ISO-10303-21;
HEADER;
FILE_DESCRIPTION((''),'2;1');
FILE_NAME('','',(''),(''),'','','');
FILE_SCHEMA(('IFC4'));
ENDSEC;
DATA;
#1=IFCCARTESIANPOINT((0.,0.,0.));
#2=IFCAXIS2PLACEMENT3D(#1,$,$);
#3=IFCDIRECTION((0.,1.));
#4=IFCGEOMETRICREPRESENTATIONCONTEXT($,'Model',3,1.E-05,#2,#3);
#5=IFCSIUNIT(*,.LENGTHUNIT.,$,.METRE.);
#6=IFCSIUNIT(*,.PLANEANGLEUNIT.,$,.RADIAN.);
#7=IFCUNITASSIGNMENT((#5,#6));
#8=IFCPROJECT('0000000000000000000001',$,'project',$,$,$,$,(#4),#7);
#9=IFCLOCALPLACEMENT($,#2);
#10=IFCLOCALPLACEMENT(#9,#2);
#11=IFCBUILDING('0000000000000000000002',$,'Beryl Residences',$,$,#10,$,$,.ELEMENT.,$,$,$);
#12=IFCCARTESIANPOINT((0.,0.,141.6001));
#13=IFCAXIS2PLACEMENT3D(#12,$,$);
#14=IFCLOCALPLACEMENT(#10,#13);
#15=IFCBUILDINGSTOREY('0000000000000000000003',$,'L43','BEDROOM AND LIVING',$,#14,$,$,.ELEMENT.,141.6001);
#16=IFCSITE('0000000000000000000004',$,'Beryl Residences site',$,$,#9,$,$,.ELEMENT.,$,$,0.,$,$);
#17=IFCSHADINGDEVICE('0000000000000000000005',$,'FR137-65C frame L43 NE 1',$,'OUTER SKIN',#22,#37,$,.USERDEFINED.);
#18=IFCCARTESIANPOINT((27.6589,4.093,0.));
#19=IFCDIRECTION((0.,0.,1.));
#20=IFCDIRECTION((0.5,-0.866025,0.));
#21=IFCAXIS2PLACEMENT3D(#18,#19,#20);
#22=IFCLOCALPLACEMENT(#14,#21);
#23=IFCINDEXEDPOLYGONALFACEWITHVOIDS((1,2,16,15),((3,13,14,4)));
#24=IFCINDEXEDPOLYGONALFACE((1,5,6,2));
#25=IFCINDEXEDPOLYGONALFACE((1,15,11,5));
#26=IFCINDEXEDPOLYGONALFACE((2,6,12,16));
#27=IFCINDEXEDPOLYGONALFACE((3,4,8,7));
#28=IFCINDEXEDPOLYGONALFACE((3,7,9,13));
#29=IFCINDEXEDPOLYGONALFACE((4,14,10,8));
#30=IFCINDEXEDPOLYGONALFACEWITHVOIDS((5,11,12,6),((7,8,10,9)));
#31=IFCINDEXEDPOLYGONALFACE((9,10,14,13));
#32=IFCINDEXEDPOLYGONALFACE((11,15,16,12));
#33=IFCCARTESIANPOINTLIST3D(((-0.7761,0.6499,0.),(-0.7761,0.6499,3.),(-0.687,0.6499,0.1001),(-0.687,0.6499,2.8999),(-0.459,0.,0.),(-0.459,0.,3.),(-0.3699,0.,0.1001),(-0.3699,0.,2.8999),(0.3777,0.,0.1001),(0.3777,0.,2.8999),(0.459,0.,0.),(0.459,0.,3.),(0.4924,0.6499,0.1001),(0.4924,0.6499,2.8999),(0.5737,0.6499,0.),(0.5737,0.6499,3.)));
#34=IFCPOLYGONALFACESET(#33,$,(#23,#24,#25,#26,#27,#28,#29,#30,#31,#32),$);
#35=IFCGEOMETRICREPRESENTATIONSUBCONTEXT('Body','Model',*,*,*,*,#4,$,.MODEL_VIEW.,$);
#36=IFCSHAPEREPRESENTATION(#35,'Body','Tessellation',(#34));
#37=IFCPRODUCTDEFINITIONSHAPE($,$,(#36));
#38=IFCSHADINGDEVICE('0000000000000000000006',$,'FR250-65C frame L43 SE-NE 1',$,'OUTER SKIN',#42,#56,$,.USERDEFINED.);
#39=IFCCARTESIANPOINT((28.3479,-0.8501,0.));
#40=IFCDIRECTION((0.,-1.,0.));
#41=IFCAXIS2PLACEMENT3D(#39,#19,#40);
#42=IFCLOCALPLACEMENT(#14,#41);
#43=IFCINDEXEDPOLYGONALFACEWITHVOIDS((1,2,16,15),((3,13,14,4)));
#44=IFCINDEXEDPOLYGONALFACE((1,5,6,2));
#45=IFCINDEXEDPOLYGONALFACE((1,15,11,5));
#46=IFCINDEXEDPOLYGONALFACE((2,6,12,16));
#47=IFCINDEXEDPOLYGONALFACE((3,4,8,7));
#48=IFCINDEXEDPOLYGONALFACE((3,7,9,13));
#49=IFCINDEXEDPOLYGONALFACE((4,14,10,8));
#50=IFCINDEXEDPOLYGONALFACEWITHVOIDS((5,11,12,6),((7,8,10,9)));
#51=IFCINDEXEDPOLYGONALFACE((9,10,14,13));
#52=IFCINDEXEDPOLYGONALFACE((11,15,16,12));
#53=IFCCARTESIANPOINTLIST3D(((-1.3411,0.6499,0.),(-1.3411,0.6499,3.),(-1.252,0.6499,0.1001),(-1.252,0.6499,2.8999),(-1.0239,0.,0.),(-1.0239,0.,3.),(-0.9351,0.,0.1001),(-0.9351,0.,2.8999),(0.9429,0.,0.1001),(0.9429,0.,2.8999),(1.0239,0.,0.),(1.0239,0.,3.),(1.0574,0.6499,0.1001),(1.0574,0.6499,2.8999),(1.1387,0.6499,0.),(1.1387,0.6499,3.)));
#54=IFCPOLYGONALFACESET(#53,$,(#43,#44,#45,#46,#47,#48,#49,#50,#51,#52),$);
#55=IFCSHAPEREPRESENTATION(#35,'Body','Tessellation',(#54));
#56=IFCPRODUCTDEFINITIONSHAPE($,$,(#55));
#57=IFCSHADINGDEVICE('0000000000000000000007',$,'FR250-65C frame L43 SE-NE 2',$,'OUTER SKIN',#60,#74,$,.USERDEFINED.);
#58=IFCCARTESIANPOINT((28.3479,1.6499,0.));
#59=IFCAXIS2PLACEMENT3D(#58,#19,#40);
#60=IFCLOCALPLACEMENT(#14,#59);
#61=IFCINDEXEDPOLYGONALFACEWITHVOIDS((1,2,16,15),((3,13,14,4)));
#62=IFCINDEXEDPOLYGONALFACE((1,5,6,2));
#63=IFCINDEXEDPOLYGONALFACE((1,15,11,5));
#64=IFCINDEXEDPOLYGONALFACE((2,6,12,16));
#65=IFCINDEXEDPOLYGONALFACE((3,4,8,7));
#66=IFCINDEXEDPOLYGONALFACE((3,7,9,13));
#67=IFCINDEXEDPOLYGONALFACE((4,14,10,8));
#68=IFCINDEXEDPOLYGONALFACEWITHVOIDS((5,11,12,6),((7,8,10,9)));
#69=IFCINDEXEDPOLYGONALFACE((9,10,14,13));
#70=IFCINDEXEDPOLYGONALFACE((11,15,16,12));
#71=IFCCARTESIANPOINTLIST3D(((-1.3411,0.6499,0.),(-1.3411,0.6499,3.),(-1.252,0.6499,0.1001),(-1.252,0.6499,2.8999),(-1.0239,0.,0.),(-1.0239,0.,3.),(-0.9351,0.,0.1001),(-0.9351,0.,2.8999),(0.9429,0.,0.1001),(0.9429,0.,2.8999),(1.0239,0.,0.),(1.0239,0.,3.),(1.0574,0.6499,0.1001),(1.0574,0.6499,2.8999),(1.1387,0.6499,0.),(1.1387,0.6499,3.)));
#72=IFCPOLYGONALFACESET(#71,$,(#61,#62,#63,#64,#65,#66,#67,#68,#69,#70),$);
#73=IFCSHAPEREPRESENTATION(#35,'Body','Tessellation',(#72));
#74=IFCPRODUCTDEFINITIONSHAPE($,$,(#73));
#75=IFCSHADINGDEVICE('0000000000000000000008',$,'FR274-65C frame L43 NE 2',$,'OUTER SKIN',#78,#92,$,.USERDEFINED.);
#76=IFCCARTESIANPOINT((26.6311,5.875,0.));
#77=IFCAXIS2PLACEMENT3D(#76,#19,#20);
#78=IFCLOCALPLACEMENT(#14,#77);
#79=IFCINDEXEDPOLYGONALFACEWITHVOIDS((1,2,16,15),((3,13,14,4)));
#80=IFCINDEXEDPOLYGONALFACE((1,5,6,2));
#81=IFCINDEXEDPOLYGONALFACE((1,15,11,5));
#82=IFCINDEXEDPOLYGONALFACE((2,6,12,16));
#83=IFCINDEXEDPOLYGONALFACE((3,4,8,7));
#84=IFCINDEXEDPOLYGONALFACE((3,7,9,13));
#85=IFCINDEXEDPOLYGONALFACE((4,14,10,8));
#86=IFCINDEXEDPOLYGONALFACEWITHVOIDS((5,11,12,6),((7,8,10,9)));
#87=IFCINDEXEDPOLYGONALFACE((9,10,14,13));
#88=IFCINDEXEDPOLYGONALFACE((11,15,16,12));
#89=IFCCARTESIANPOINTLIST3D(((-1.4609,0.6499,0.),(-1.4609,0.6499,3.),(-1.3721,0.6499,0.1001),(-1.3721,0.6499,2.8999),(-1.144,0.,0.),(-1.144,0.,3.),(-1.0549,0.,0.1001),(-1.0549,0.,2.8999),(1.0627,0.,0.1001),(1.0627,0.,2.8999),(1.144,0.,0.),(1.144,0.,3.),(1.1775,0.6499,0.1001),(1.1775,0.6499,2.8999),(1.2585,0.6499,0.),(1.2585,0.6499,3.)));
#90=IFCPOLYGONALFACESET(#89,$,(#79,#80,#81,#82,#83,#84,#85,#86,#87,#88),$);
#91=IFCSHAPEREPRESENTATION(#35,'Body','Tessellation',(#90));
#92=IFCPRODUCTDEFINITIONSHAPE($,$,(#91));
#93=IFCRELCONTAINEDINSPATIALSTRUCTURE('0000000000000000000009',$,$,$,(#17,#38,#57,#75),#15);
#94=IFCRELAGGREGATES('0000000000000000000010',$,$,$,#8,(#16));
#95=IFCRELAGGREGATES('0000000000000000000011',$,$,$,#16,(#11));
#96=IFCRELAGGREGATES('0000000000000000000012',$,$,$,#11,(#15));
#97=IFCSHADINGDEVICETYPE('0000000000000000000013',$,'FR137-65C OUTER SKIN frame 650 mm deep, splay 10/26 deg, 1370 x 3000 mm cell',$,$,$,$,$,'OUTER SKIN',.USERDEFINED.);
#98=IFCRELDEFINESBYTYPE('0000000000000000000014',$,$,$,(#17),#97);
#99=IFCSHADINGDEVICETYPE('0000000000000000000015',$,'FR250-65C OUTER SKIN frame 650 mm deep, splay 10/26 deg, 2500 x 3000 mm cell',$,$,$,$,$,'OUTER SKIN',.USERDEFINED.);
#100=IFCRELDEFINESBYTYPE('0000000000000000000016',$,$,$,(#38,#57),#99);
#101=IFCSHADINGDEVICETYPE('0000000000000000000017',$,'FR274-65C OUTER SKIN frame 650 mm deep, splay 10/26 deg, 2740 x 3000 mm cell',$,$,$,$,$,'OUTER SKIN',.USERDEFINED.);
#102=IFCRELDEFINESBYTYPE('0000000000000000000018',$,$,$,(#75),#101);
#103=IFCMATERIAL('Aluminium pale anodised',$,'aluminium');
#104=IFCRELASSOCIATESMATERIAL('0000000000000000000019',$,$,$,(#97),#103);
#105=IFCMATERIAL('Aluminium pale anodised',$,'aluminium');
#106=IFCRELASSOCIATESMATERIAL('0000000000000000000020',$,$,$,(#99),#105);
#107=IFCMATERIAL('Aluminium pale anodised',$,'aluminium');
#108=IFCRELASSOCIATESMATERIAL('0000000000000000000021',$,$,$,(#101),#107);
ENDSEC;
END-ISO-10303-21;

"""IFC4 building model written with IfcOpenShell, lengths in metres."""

from ifc_helpers import new_model, entity, si_unit, direction, frame, origin, place, context, subcontext, project, spatial, source, transform, mapped, material, type_object, type_shapes, element, save


model = new_model("IFC4")

# Units and contexts
model_context = context("Model", 3, precision=1e-05, world=origin(), true_north=direction((0.0, 1.0)))
body_context = subcontext(model_context, "Body", "Model", "MODEL_VIEW")
ifc_project = project(units=[si_unit("LENGTHUNIT", "METRE"), si_unit("PLANEANGLEUNIT", "RADIAN")], contexts=[model_context])

# Site, building, storey
site_placement = place(None, origin())
site = spatial("IfcSite", under=ifc_project, at=site_placement, Name="Beryl Residences site", CompositionType="ELEMENT", RefElevation=0.0)
building_placement = place(site_placement, origin())
building = spatial("IfcBuilding", under=site, at=building_placement, Name="Beryl Residences", CompositionType="ELEMENT")
storey_placement = place(building_placement, frame((0.0, 0.0, 141.6001)))
storey = spatial("IfcBuildingStorey", under=building, at=storey_placement, Name="L43", Description="BEDROOM AND LIVING", CompositionType="ELEMENT", Elevation=141.6001)

# Shading devices
ifc_material_1 = material(Name="Aluminium pale anodised", Category="aluminium")
shading_device_type_1 = type_object("IfcShadingDeviceType", Name="FR137-65C OUTER SKIN frame 650 mm deep, splay 10/26 deg, 1370 x 3000 mm cell", ElementType="OUTER SKIN", PredefinedType="USERDEFINED", material=ifc_material_1)
cartesian_point_1 = entity("IfcCartesianPoint", [-0.459, 0.0])
cartesian_point_2 = entity("IfcCartesianPoint", [-0.3777, 0.1001])
cartesian_point_3 = entity("IfcCartesianPoint", [-0.5737, 0.0])
cartesian_point_4 = entity("IfcCartesianPoint", [-0.4924, 0.1001])
shared_shape_1 = source(origin(), body_context, "Body", "SweptSolid", [
    entity("IfcExtrudedAreaSolidTapered", entity("IfcArbitraryProfileDefWithVoids", "AREA", None, entity("IfcPolyline", [cartesian_point_1, entity("IfcCartesianPoint", [0.459, 0.0]), entity("IfcCartesianPoint", [0.459, 3.0]), entity("IfcCartesianPoint", [-0.459, 3.0]), cartesian_point_1]), [entity("IfcPolyline", [cartesian_point_2, entity("IfcCartesianPoint", [0.3699, 0.1001]), entity("IfcCartesianPoint", [0.3699, 2.8999]), entity("IfcCartesianPoint", [-0.3777, 2.8999]), cartesian_point_2])]), entity("IfcAxis2Placement3D", entity("IfcCartesianPoint", [0.0, 0.0, 0.0]), entity("IfcDirection", [0.0, 1.0, 0.0]), entity("IfcDirection", [-1.0, 0.0, 0.0])), entity("IfcDirection", [0.0, 0.0, 1.0]), 0.6499, entity("IfcArbitraryProfileDefWithVoids", "AREA", None, entity("IfcPolyline", [cartesian_point_3, entity("IfcCartesianPoint", [0.7761, 0.0]), entity("IfcCartesianPoint", [0.7761, 3.0]), entity("IfcCartesianPoint", [-0.5737, 3.0]), cartesian_point_3]), [entity("IfcPolyline", [cartesian_point_4, entity("IfcCartesianPoint", [0.687, 0.1001]), entity("IfcCartesianPoint", [0.687, 2.8999]), entity("IfcCartesianPoint", [-0.4924, 2.8999]), cartesian_point_4])])),
])
type_shapes(shading_device_type_1, [shared_shape_1])
shading_device_1_placement = place(storey_placement, frame((27.6589, 4.093, 0.0), z_axis=(0.0, 0.0, 1.0), x_axis=(0.5, -0.866025, 0.0)))
element("IfcShadingDevice", 1, at=shading_device_1_placement, inside=storey, type_object=shading_device_type_1, Name="FR137-65C frame L43 NE 1", ObjectType="OUTER SKIN", PredefinedType="USERDEFINED", context=body_context, shape_type="MappedRepresentation", body=[
    mapped(shared_shape_1, transform((0.0, 0.0, 0.0))),
])
ifc_material_2 = material(Name="Aluminium pale anodised", Category="aluminium")
shading_device_type_2 = type_object("IfcShadingDeviceType", Name="FR250-65C OUTER SKIN frame 650 mm deep, splay 10/26 deg, 2500 x 3000 mm cell", ElementType="OUTER SKIN", PredefinedType="USERDEFINED", material=ifc_material_2)
cartesian_point_5 = entity("IfcCartesianPoint", [-1.0239, 0.0])
cartesian_point_6 = entity("IfcCartesianPoint", [-0.9429, 0.1001])
cartesian_point_7 = entity("IfcCartesianPoint", [-1.1387, 0.0])
cartesian_point_8 = entity("IfcCartesianPoint", [-1.0574, 0.1001])
shared_shape_2 = source(origin(), body_context, "Body", "SweptSolid", [
    entity("IfcExtrudedAreaSolidTapered", entity("IfcArbitraryProfileDefWithVoids", "AREA", None, entity("IfcPolyline", [cartesian_point_5, entity("IfcCartesianPoint", [1.0239, 0.0]), entity("IfcCartesianPoint", [1.0239, 3.0]), entity("IfcCartesianPoint", [-1.0239, 3.0]), cartesian_point_5]), [entity("IfcPolyline", [cartesian_point_6, entity("IfcCartesianPoint", [0.9351, 0.1001]), entity("IfcCartesianPoint", [0.9351, 2.8999]), entity("IfcCartesianPoint", [-0.9429, 2.8999]), cartesian_point_6])]), entity("IfcAxis2Placement3D", entity("IfcCartesianPoint", [0.0, 0.0, 0.0]), entity("IfcDirection", [0.0, 1.0, 0.0]), entity("IfcDirection", [-1.0, 0.0, 0.0])), entity("IfcDirection", [0.0, 0.0, 1.0]), 0.6499, entity("IfcArbitraryProfileDefWithVoids", "AREA", None, entity("IfcPolyline", [cartesian_point_7, entity("IfcCartesianPoint", [1.3411, 0.0]), entity("IfcCartesianPoint", [1.3411, 3.0]), entity("IfcCartesianPoint", [-1.1387, 3.0]), cartesian_point_7]), [entity("IfcPolyline", [cartesian_point_8, entity("IfcCartesianPoint", [1.252, 0.1001]), entity("IfcCartesianPoint", [1.252, 2.8999]), entity("IfcCartesianPoint", [-1.0574, 2.8999]), cartesian_point_8])])),
])
type_shapes(shading_device_type_2, [shared_shape_2])
for number, where, z_axis, x_axis, name in (
    (2, (28.3479, -0.8501, 0.0), (0.0, 0.0, 1.0), (0.0, -1.0, 0.0), "FR250-65C frame L43 SE-NE 1"),
    (3, (28.3479, 1.6499, 0.0), (0.0, 0.0, 1.0), (0.0, -1.0, 0.0), "FR250-65C frame L43 SE-NE 2"),
):
    element("IfcShadingDevice", number, at=place(storey_placement, frame(where, z_axis=z_axis, x_axis=x_axis)), inside=storey, type_object=shading_device_type_2, Name=name, ObjectType="OUTER SKIN", PredefinedType="USERDEFINED", context=body_context, shape_type="MappedRepresentation", body=[
        mapped(shared_shape_2, transform((0.0, 0.0, 0.0))),
    ])
ifc_material_3 = material(Name="Aluminium pale anodised", Category="aluminium")
shading_device_type_3 = type_object("IfcShadingDeviceType", Name="FR274-65C OUTER SKIN frame 650 mm deep, splay 10/26 deg, 2740 x 3000 mm cell", ElementType="OUTER SKIN", PredefinedType="USERDEFINED", material=ifc_material_3)
cartesian_point_9 = entity("IfcCartesianPoint", [-1.144, 0.0])
cartesian_point_10 = entity("IfcCartesianPoint", [-1.0627, 0.1001])
cartesian_point_11 = entity("IfcCartesianPoint", [-1.2585, 0.0])
cartesian_point_12 = entity("IfcCartesianPoint", [-1.1775, 0.1001])
shared_shape_3 = source(origin(), body_context, "Body", "SweptSolid", [
    entity("IfcExtrudedAreaSolidTapered", entity("IfcArbitraryProfileDefWithVoids", "AREA", None, entity("IfcPolyline", [cartesian_point_9, entity("IfcCartesianPoint", [1.144, 0.0]), entity("IfcCartesianPoint", [1.144, 3.0]), entity("IfcCartesianPoint", [-1.144, 3.0]), cartesian_point_9]), [entity("IfcPolyline", [cartesian_point_10, entity("IfcCartesianPoint", [1.0549, 0.1001]), entity("IfcCartesianPoint", [1.0549, 2.8999]), entity("IfcCartesianPoint", [-1.0627, 2.8999]), cartesian_point_10])]), entity("IfcAxis2Placement3D", entity("IfcCartesianPoint", [0.0, 0.0, 0.0]), entity("IfcDirection", [0.0, 1.0, 0.0]), entity("IfcDirection", [-1.0, 0.0, 0.0])), entity("IfcDirection", [0.0, 0.0, 1.0]), 0.6499, entity("IfcArbitraryProfileDefWithVoids", "AREA", None, entity("IfcPolyline", [cartesian_point_11, entity("IfcCartesianPoint", [1.4609, 0.0]), entity("IfcCartesianPoint", [1.4609, 3.0]), entity("IfcCartesianPoint", [-1.2585, 3.0]), cartesian_point_11]), [entity("IfcPolyline", [cartesian_point_12, entity("IfcCartesianPoint", [1.3721, 0.1001]), entity("IfcCartesianPoint", [1.3721, 2.8999]), entity("IfcCartesianPoint", [-1.1775, 2.8999]), cartesian_point_12])])),
])
type_shapes(shading_device_type_3, [shared_shape_3])
shading_device_2_placement = place(storey_placement, frame((26.6311, 5.875, 0.0), z_axis=(0.0, 0.0, 1.0), x_axis=(0.5, -0.866025, 0.0)))
element("IfcShadingDevice", 4, at=shading_device_2_placement, inside=storey, type_object=shading_device_type_3, Name="FR274-65C frame L43 NE 2", ObjectType="OUTER SKIN", PredefinedType="USERDEFINED", context=body_context, shape_type="MappedRepresentation", body=[
    mapped(shared_shape_3, transform((0.0, 0.0, 0.0))),
])

save(model, "model.ifc")
